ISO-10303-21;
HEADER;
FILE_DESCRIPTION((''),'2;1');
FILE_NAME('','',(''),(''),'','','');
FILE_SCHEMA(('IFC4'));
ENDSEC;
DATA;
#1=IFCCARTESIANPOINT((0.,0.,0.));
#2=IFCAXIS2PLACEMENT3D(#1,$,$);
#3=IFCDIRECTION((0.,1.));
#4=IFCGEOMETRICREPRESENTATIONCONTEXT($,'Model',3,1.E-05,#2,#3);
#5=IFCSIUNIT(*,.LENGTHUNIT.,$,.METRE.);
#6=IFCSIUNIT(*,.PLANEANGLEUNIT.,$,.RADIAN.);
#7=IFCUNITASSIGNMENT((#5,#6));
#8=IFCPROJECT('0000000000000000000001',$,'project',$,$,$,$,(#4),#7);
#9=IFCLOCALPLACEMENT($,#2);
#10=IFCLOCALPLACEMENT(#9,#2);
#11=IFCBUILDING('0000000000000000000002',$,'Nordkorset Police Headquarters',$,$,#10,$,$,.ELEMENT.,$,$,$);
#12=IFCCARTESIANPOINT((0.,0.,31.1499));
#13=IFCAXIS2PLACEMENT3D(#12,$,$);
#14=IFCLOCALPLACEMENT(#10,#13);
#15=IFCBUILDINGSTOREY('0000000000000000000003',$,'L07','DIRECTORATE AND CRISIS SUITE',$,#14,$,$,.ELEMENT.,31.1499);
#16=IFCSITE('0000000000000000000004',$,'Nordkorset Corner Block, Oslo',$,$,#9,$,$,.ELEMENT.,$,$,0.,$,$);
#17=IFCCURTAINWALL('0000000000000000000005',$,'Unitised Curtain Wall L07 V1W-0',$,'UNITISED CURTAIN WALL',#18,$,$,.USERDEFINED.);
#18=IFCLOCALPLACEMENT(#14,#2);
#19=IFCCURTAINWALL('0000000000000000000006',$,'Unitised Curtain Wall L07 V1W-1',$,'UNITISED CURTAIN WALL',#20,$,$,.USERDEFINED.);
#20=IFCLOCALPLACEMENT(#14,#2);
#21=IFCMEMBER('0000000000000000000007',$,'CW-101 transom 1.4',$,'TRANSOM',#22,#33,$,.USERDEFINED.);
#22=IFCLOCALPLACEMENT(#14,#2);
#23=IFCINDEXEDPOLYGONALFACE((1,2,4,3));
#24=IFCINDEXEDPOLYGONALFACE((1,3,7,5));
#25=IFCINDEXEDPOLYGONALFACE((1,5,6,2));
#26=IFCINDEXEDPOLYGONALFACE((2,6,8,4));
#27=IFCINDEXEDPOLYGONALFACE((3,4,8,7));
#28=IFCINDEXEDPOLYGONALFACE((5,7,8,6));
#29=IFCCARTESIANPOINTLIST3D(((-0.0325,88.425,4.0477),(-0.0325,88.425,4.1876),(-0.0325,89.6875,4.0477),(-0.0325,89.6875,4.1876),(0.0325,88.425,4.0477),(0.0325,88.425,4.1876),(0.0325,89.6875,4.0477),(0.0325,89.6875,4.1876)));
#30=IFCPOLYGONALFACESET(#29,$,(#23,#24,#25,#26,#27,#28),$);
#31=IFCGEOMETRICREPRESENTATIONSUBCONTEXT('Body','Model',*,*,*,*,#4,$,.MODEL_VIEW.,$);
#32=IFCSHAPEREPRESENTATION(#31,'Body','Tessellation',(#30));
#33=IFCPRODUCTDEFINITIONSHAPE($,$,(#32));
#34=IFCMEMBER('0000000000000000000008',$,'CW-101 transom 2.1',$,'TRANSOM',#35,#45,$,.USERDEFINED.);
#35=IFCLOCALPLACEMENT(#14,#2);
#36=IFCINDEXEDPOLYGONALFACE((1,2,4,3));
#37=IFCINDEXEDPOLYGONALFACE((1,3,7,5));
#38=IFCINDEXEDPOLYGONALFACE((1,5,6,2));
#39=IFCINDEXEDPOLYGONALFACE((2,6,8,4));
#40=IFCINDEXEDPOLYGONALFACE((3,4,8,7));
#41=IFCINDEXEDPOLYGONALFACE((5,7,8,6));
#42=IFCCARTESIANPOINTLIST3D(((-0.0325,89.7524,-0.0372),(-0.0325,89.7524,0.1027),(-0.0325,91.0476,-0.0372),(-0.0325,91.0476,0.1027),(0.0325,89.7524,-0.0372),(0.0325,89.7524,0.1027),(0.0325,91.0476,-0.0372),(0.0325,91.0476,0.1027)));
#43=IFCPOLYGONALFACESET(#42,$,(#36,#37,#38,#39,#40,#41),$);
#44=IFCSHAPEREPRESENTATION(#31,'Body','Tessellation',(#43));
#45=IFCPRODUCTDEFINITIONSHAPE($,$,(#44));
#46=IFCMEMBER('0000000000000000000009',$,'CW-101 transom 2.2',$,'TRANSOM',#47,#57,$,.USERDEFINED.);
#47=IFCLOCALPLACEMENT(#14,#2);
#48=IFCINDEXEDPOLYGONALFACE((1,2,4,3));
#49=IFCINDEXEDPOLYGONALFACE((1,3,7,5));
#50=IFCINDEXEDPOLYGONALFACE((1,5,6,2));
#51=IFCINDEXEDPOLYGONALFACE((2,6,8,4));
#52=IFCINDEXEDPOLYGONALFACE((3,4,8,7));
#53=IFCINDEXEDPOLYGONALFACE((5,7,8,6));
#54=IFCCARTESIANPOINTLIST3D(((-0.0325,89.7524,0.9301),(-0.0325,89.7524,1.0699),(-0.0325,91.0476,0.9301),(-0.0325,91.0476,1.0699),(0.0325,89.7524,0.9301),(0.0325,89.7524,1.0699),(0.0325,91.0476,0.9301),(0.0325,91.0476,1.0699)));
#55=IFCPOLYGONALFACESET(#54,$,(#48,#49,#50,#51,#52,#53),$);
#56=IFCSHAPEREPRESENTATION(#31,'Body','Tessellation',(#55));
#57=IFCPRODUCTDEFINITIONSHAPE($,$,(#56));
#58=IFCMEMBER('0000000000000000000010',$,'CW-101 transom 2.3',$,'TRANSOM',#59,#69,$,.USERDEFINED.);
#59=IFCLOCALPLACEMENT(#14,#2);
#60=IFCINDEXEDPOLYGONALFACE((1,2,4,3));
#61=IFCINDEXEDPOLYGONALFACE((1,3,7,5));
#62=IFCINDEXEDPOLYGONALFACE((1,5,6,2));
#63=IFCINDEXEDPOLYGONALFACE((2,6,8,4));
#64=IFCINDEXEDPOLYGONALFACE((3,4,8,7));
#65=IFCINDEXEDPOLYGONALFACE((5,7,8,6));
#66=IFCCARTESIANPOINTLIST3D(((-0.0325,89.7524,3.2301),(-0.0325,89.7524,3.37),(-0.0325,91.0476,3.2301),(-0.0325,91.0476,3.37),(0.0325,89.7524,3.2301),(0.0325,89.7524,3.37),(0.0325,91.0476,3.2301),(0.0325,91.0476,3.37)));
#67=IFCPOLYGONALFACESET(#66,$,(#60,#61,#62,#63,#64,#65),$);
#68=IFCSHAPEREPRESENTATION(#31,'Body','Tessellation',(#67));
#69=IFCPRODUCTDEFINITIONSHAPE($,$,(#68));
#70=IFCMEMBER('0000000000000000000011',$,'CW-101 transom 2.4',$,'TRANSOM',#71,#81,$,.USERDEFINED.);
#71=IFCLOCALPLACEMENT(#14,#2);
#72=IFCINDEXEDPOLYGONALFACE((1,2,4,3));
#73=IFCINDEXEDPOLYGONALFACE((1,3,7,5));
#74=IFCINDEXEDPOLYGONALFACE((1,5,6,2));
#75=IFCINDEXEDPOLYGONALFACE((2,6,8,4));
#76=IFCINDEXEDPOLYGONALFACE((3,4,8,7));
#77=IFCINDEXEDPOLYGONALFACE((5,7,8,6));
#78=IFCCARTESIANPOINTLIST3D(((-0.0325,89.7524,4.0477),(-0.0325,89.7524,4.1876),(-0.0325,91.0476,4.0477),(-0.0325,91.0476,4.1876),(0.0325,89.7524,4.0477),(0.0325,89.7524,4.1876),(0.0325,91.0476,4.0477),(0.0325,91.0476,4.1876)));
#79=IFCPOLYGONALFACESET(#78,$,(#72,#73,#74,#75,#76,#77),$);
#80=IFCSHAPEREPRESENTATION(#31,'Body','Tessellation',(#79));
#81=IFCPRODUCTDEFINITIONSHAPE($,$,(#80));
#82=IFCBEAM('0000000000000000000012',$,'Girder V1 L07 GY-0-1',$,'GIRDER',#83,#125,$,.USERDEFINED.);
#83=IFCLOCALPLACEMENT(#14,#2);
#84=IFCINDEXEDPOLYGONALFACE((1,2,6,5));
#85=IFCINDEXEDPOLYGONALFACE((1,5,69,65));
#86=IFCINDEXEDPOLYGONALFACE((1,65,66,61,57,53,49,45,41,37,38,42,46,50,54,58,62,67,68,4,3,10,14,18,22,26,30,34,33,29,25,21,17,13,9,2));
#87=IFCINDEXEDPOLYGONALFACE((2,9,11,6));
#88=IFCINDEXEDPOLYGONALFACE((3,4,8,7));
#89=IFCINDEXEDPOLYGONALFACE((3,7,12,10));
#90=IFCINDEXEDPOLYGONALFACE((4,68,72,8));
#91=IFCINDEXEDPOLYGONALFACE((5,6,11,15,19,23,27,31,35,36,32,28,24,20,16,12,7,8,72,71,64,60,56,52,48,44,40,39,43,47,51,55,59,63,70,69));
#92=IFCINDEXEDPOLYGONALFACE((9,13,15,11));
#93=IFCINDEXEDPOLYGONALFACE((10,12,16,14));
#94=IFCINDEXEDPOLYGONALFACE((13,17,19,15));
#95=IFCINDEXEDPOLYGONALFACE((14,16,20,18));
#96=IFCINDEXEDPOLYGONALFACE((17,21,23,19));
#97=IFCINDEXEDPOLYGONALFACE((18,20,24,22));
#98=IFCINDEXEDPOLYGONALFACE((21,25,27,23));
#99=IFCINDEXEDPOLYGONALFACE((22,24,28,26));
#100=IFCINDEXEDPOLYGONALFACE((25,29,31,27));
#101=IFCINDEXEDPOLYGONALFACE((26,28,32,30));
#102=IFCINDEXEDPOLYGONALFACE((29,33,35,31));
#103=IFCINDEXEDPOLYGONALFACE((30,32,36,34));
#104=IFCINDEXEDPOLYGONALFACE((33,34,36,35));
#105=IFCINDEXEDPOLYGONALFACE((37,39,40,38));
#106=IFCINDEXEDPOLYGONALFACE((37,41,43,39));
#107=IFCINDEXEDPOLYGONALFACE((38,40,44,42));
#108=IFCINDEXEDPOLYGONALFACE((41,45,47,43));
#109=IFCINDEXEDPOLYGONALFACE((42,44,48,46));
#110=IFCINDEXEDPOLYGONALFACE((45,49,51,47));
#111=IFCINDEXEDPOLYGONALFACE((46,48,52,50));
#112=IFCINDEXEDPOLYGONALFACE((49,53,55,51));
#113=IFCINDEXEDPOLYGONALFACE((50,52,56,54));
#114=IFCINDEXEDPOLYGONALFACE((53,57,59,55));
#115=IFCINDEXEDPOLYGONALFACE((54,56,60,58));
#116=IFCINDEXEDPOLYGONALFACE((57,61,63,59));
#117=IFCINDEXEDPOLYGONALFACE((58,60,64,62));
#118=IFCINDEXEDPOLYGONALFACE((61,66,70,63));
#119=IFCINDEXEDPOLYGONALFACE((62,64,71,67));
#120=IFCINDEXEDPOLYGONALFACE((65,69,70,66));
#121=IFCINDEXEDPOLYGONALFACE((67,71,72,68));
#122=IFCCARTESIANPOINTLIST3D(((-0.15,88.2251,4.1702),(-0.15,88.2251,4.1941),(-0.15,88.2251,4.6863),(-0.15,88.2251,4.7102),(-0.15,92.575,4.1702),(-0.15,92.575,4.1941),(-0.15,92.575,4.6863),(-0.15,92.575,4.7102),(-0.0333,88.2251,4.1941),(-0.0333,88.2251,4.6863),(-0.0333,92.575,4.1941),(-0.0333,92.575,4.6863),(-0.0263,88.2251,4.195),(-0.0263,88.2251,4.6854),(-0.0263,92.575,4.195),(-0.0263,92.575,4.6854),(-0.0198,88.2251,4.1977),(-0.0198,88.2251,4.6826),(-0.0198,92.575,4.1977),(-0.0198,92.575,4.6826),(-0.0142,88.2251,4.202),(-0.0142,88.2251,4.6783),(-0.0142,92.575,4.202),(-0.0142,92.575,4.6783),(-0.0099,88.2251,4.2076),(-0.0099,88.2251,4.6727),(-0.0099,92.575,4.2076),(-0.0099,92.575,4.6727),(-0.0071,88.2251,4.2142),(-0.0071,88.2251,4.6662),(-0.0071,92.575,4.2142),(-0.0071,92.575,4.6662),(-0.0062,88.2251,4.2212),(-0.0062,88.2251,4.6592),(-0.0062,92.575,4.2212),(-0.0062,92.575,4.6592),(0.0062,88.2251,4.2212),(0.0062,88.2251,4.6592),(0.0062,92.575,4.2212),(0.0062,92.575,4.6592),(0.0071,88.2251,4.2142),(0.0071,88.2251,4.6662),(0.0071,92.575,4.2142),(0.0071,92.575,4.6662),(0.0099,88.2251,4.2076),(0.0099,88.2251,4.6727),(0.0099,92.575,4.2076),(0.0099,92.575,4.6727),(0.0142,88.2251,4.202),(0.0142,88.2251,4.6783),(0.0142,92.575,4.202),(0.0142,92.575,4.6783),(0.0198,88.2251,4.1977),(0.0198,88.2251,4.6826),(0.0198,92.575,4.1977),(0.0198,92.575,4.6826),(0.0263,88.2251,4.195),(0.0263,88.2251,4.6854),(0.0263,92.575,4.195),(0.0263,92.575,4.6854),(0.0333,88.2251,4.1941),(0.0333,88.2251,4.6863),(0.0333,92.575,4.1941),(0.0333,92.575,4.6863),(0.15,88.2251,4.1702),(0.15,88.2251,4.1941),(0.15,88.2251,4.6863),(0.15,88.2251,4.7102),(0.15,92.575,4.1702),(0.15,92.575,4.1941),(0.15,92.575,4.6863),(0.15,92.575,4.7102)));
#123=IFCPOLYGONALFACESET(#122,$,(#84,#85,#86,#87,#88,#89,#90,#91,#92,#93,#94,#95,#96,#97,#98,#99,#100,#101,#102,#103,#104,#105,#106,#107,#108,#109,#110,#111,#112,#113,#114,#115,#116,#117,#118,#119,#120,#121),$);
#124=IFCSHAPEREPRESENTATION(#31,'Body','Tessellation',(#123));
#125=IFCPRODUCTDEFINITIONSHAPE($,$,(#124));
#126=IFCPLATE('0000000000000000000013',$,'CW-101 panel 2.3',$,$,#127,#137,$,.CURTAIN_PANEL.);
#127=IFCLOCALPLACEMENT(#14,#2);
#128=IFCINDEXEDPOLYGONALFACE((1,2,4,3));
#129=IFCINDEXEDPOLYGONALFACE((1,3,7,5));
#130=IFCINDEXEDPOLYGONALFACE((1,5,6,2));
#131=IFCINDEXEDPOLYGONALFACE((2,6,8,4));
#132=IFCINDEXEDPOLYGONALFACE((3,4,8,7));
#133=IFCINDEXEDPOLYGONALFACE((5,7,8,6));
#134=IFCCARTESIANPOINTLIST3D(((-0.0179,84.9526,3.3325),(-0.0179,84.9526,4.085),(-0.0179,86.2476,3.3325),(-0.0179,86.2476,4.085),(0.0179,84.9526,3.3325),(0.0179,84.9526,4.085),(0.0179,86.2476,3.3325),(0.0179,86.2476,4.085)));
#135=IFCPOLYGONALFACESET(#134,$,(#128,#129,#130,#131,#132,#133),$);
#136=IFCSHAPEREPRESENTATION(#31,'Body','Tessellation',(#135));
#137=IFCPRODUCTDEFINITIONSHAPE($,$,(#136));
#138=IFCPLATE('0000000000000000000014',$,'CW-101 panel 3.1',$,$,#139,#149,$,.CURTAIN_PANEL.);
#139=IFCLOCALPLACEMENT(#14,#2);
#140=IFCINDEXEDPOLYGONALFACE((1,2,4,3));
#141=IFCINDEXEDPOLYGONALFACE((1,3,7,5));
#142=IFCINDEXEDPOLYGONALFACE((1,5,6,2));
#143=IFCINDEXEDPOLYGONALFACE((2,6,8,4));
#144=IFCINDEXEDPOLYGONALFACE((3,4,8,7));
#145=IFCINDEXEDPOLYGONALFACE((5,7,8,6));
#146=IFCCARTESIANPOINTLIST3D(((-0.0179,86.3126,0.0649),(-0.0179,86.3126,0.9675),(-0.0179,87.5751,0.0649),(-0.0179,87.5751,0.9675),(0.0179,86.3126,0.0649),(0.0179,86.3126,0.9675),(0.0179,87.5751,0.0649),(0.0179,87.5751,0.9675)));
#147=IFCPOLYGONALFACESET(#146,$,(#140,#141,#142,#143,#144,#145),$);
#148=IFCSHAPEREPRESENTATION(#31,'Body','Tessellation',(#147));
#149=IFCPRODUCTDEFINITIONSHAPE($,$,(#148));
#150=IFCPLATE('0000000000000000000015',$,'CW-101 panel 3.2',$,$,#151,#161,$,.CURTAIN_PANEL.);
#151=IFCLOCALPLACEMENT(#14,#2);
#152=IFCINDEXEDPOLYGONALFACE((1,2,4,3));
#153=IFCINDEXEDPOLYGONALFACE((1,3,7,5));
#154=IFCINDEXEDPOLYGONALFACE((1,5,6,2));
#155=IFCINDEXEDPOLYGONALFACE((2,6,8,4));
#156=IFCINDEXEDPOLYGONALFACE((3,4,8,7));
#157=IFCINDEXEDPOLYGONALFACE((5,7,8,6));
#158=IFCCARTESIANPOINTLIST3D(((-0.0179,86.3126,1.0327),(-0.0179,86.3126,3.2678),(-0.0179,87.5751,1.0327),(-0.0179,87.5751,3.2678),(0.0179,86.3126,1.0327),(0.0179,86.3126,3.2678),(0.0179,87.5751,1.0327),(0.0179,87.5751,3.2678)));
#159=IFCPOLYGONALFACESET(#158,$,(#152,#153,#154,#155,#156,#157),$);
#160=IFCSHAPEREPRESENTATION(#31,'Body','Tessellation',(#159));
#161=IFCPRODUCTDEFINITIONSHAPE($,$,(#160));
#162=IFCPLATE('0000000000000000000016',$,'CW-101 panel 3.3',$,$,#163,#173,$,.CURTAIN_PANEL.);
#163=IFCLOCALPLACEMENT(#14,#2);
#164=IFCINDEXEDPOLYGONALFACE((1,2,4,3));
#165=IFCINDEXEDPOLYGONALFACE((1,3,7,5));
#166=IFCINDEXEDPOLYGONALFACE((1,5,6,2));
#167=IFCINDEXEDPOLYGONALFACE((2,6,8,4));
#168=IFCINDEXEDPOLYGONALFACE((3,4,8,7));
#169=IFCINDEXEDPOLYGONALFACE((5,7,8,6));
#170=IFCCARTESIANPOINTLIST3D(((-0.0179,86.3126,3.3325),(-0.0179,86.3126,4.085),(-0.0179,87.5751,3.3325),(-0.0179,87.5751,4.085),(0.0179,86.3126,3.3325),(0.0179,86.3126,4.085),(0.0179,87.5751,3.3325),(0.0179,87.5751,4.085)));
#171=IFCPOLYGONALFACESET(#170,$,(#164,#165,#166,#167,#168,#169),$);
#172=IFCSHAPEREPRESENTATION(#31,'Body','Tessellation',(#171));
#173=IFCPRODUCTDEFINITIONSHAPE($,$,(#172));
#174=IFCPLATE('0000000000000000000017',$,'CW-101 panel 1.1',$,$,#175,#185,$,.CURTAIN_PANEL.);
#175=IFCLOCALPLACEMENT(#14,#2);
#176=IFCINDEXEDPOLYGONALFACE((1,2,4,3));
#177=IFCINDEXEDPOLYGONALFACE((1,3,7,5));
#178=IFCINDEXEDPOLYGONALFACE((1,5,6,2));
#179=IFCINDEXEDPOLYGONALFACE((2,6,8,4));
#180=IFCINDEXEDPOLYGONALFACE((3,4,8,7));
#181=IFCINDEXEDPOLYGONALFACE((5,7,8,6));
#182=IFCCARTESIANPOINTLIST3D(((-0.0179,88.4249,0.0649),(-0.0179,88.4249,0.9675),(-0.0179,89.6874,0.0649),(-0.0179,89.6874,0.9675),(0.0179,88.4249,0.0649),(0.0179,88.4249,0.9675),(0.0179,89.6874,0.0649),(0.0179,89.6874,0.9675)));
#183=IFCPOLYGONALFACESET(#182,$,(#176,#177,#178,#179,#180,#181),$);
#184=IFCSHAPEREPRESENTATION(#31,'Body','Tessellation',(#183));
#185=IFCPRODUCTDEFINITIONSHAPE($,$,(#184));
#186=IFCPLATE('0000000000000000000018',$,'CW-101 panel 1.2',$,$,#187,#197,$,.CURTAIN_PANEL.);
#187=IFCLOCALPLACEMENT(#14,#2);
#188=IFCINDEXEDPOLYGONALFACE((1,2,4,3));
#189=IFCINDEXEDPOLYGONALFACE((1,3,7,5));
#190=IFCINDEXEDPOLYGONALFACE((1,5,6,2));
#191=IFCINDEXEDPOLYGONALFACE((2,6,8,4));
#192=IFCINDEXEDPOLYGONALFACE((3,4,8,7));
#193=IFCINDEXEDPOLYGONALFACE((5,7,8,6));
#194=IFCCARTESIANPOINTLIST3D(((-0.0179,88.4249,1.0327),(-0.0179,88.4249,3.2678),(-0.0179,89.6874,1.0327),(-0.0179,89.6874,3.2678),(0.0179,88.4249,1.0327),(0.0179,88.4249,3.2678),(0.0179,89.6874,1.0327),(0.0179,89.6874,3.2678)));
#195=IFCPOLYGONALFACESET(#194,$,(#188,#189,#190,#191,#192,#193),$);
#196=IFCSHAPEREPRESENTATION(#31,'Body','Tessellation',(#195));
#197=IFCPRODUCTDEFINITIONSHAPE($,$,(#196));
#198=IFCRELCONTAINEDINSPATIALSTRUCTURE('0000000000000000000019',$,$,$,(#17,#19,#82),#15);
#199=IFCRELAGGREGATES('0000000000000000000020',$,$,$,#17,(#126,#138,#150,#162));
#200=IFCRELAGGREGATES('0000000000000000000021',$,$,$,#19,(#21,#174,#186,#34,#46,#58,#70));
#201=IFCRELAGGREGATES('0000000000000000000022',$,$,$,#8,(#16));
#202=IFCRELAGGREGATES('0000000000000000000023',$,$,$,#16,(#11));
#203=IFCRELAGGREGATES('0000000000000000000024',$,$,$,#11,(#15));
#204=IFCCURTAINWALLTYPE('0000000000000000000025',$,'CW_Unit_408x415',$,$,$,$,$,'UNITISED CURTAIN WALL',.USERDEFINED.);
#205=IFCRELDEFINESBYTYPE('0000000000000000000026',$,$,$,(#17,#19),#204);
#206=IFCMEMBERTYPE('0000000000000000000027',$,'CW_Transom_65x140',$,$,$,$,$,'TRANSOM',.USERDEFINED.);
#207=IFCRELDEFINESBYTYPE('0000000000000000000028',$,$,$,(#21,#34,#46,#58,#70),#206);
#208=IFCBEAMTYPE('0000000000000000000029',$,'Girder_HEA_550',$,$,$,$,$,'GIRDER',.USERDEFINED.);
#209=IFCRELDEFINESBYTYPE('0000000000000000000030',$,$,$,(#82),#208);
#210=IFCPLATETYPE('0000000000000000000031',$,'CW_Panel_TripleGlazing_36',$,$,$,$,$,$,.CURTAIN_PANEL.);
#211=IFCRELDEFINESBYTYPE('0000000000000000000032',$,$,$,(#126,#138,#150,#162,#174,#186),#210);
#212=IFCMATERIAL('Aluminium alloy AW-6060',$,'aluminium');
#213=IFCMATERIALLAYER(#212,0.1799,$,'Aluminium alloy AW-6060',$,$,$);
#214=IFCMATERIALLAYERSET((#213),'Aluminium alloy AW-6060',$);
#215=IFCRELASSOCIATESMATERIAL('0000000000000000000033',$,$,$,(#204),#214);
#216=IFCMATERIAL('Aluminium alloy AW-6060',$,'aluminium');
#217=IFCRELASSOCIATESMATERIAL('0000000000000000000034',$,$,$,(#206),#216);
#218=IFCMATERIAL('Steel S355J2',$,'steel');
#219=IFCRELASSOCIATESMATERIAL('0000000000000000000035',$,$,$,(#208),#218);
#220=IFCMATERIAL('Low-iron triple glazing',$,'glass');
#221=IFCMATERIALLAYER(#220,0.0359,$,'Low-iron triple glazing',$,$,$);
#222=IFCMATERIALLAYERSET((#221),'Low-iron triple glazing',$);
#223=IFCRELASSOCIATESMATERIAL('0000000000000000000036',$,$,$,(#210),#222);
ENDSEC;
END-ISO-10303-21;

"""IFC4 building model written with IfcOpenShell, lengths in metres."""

from ifc_helpers import new_model, si_unit, direction, frame, origin, origin_2d, place, context, subcontext, project, spatial, rectangle, i_section, extrude, material, layer, layer_set, material_profile, profile_set, type_object, element, aggregate, save


model = new_model("IFC4")

# Units and contexts
model_context = context("Model", 3, precision=1e-05, world=origin(), true_north=direction((0.0, 1.0)))
body_context = subcontext(model_context, "Body", "Model", "MODEL_VIEW")
ifc_project = project(units=[si_unit("LENGTHUNIT", "METRE"), si_unit("PLANEANGLEUNIT", "RADIAN")], contexts=[model_context])

# Site, building, storey
site_placement = place(None, origin())
site = spatial("IfcSite", under=ifc_project, at=site_placement, Name="Nordkorset Corner Block, Oslo", CompositionType="ELEMENT", RefElevation=0.0)
building_placement = place(site_placement, origin())
building = spatial("IfcBuilding", under=site, at=building_placement, Name="Nordkorset Police Headquarters", CompositionType="ELEMENT")
storey_placement = place(building_placement, frame((0.0, 0.0, 31.1499)))
storey = spatial("IfcBuildingStorey", under=building, at=storey_placement, Name="L07", Description="DIRECTORATE AND CRISIS SUITE", CompositionType="ELEMENT", Elevation=31.1499)

# Curtain walls
ifc_material_1 = material(Name="Aluminium alloy AW-6060", Category="aluminium")
ifc_layer_1 = layer(ifc_material_1, 0.1799, Name="Aluminium alloy AW-6060")
ifc_layer_set_1 = layer_set([ifc_layer_1], Name="Aluminium alloy AW-6060")
curtain_wall_type = type_object("IfcCurtainWallType", Name="CW_Unit_408x415", ElementType="UNITISED CURTAIN WALL", PredefinedType="USERDEFINED", material=ifc_layer_set_1)
curtain_wall_1_placement = place(storey_placement, origin())
curtain_wall_1 = element("IfcCurtainWall", 1, at=curtain_wall_1_placement, inside=storey, type_object=curtain_wall_type, Name="Unitised Curtain Wall L07 V1W-0", ObjectType="UNITISED CURTAIN WALL", PredefinedType="USERDEFINED")
curtain_wall_2_placement = place(storey_placement, origin())
curtain_wall_2 = element("IfcCurtainWall", 2, at=curtain_wall_2_placement, inside=storey, type_object=curtain_wall_type, Name="Unitised Curtain Wall L07 V1W-1", ObjectType="UNITISED CURTAIN WALL", PredefinedType="USERDEFINED")

# Members
ifc_material_2 = material(Name="Aluminium alloy AW-6060", Category="aluminium")
ifc_material_profile_1 = material_profile(ifc_material_2, rectangle(XDim=0.0649, YDim=0.1399, at=origin_2d()), Name="ALU TRAN 65x140")
ifc_profile_set_1 = profile_set([ifc_material_profile_1], Name="Aluminium alloy AW-6060")
member_type_1 = type_object("IfcMemberType", Name="CW_Transom_65x140", ElementType="TRANSOM", PredefinedType="USERDEFINED", material=ifc_profile_set_1)
member_1_placement = place(storey_placement, frame((0.0, 88.425, 4.1177), z_axis=(0.0, 1.0, 0.0), x_axis=(-1.0, 0.0, 0.0)))
member_1 = element("IfcMember", 3, at=member_1_placement, type_object=member_type_1, Name="CW-101 transom 1.4", ObjectType="TRANSOM", PredefinedType="USERDEFINED", context=body_context, shape_type="SweptSolid", body=[
    extrude(rectangle(XDim=0.0649, YDim=0.1399, at=origin_2d()), origin(), (0.0, 0.0, 1.0), 1.2625),
])
member_2_placement = place(storey_placement, frame((0.0, 89.7524, 0.0327), z_axis=(0.0, 1.0, 0.0), x_axis=(-1.0, 0.0, 0.0)))
member_2 = element("IfcMember", 4, at=member_2_placement, type_object=member_type_1, Name="CW-101 transom 2.1", ObjectType="TRANSOM", PredefinedType="USERDEFINED", context=body_context, shape_type="SweptSolid", body=[
    extrude(rectangle(XDim=0.0649, YDim=0.1399, at=origin_2d()), origin(), (0.0, 0.0, 1.0), 1.2952),
])
member_3_placement = place(storey_placement, frame((0.0, 89.7524, 1.0), z_axis=(0.0, 1.0, 0.0), x_axis=(-1.0, 0.0, 0.0)))
member_3 = element("IfcMember", 5, at=member_3_placement, type_object=member_type_1, Name="CW-101 transom 2.2", ObjectType="TRANSOM", PredefinedType="USERDEFINED", context=body_context, shape_type="SweptSolid", body=[
    extrude(rectangle(XDim=0.0649, YDim=0.1399, at=origin_2d()), origin(), (0.0, 0.0, 1.0), 1.2952),
])
member_4_placement = place(storey_placement, frame((0.0, 89.7524, 3.3), z_axis=(0.0, 1.0, 0.0), x_axis=(-1.0, 0.0, 0.0)))
member_4 = element("IfcMember", 6, at=member_4_placement, type_object=member_type_1, Name="CW-101 transom 2.3", ObjectType="TRANSOM", PredefinedType="USERDEFINED", context=body_context, shape_type="SweptSolid", body=[
    extrude(rectangle(XDim=0.0649, YDim=0.1399, at=origin_2d()), origin(), (0.0, 0.0, 1.0), 1.2952),
])
member_5_placement = place(storey_placement, frame((0.0, 89.7524, 4.1177), z_axis=(0.0, 1.0, 0.0), x_axis=(-1.0, 0.0, 0.0)))
member_5 = element("IfcMember", 7, at=member_5_placement, type_object=member_type_1, Name="CW-101 transom 2.4", ObjectType="TRANSOM", PredefinedType="USERDEFINED", context=body_context, shape_type="SweptSolid", body=[
    extrude(rectangle(XDim=0.0649, YDim=0.1399, at=origin_2d()), origin(), (0.0, 0.0, 1.0), 1.2952),
])

# Beam
ifc_material_3 = material(Name="Steel S355J2", Category="steel")
ifc_material_profile_2 = material_profile(ifc_material_3, i_section(OverallWidth=0.3, OverallDepth=0.54, WebThickness=0.0125, FlangeThickness=0.0239, FilletRadius=0.0271, at=origin_2d()), Name="HEA 550")
ifc_profile_set_2 = profile_set([ifc_material_profile_2], Name="Steel S355J2")
beam_type = type_object("IfcBeamType", Name="Girder_HEA_550", ElementType="GIRDER", PredefinedType="USERDEFINED", material=ifc_profile_set_2)
beam_placement = place(storey_placement, frame((0.0, 88.2251, 4.4402), z_axis=(0.0, 1.0, 0.0), x_axis=(-1.0, 0.0, 0.0)))
element("IfcBeam", 8, at=beam_placement, inside=storey, type_object=beam_type, Name="Girder V1 L07 GY-0-1", ObjectType="GIRDER", PredefinedType="USERDEFINED", context=body_context, shape_type="SweptSolid", body=[
    extrude(i_section(OverallWidth=0.3, OverallDepth=0.54, WebThickness=0.0125, FlangeThickness=0.0239, FilletRadius=0.0271, at=origin_2d()), origin(), (0.0, 0.0, 1.0), 4.3499),
])

# Plates
ifc_material_4 = material(Name="Low-iron triple glazing", Category="glass")
ifc_layer_2 = layer(ifc_material_4, 0.0359, Name="Low-iron triple glazing")
ifc_layer_set_2 = layer_set([ifc_layer_2], Name="Low-iron triple glazing")
plate_type = type_object("IfcPlateType", Name="CW_Panel_TripleGlazing_36", PredefinedType="CURTAIN_PANEL", material=ifc_layer_set_2)
plate_1_placement = place(storey_placement, frame((0.0, 85.6001, 3.3325), z_axis=(0.0, 0.0, 1.0), x_axis=(0.0, 1.0, 0.0)))
plate_1 = element("IfcPlate", 9, at=plate_1_placement, type_object=plate_type, Name="CW-101 panel 2.3", PredefinedType="CURTAIN_PANEL", context=body_context, shape_type="SweptSolid", body=[
    extrude(rectangle(XDim=1.2949, YDim=0.0359, at=origin_2d()), origin(), (0.0, 0.0, 1.0), 0.7524),
])
plate_2_placement = place(storey_placement, frame((0.0, 86.9438, 0.0649), z_axis=(0.0, 0.0, 1.0), x_axis=(0.0, 1.0, 0.0)))
plate_2 = element("IfcPlate", 10, at=plate_2_placement, type_object=plate_type, Name="CW-101 panel 3.1", PredefinedType="CURTAIN_PANEL", context=body_context, shape_type="SweptSolid", body=[
    extrude(rectangle(XDim=1.2625, YDim=0.0359, at=origin_2d()), origin(), (0.0, 0.0, 1.0), 0.9026),
])
plate_3_placement = place(storey_placement, frame((0.0, 86.9438, 1.0327), z_axis=(0.0, 0.0, 1.0), x_axis=(0.0, 1.0, 0.0)))
plate_3 = element("IfcPlate", 11, at=plate_3_placement, type_object=plate_type, Name="CW-101 panel 3.2", PredefinedType="CURTAIN_PANEL", context=body_context, shape_type="SweptSolid", body=[
    extrude(rectangle(XDim=1.2625, YDim=0.0359, at=origin_2d()), origin(), (0.0, 0.0, 1.0), 2.2351),
])
plate_4_placement = place(storey_placement, frame((0.0, 86.9438, 3.3325), z_axis=(0.0, 0.0, 1.0), x_axis=(0.0, 1.0, 0.0)))
plate_4 = element("IfcPlate", 12, at=plate_4_placement, type_object=plate_type, Name="CW-101 panel 3.3", PredefinedType="CURTAIN_PANEL", context=body_context, shape_type="SweptSolid", body=[
    extrude(rectangle(XDim=1.2625, YDim=0.0359, at=origin_2d()), origin(), (0.0, 0.0, 1.0), 0.7524),
])
aggregate(curtain_wall_1, [plate_1, plate_2, plate_3, plate_4])
plate_5_placement = place(storey_placement, frame((0.0, 89.0562, 0.0649), z_axis=(0.0, 0.0, 1.0), x_axis=(0.0, 1.0, 0.0)))
plate_5 = element("IfcPlate", 13, at=plate_5_placement, type_object=plate_type, Name="CW-101 panel 1.1", PredefinedType="CURTAIN_PANEL", context=body_context, shape_type="SweptSolid", body=[
    extrude(rectangle(XDim=1.2625, YDim=0.0359, at=origin_2d()), origin(), (0.0, 0.0, 1.0), 0.9026),
])
plate_6_placement = place(storey_placement, frame((0.0, 89.0562, 1.0327), z_axis=(0.0, 0.0, 1.0), x_axis=(0.0, 1.0, 0.0)))
plate_6 = element("IfcPlate", 14, at=plate_6_placement, type_object=plate_type, Name="CW-101 panel 1.2", PredefinedType="CURTAIN_PANEL", context=body_context, shape_type="SweptSolid", body=[
    extrude(rectangle(XDim=1.2625, YDim=0.0359, at=origin_2d()), origin(), (0.0, 0.0, 1.0), 2.2351),
])
aggregate(curtain_wall_2, [member_1, plate_5, plate_6, member_2, member_3, member_4, member_5])

save(model, "model.ifc")
